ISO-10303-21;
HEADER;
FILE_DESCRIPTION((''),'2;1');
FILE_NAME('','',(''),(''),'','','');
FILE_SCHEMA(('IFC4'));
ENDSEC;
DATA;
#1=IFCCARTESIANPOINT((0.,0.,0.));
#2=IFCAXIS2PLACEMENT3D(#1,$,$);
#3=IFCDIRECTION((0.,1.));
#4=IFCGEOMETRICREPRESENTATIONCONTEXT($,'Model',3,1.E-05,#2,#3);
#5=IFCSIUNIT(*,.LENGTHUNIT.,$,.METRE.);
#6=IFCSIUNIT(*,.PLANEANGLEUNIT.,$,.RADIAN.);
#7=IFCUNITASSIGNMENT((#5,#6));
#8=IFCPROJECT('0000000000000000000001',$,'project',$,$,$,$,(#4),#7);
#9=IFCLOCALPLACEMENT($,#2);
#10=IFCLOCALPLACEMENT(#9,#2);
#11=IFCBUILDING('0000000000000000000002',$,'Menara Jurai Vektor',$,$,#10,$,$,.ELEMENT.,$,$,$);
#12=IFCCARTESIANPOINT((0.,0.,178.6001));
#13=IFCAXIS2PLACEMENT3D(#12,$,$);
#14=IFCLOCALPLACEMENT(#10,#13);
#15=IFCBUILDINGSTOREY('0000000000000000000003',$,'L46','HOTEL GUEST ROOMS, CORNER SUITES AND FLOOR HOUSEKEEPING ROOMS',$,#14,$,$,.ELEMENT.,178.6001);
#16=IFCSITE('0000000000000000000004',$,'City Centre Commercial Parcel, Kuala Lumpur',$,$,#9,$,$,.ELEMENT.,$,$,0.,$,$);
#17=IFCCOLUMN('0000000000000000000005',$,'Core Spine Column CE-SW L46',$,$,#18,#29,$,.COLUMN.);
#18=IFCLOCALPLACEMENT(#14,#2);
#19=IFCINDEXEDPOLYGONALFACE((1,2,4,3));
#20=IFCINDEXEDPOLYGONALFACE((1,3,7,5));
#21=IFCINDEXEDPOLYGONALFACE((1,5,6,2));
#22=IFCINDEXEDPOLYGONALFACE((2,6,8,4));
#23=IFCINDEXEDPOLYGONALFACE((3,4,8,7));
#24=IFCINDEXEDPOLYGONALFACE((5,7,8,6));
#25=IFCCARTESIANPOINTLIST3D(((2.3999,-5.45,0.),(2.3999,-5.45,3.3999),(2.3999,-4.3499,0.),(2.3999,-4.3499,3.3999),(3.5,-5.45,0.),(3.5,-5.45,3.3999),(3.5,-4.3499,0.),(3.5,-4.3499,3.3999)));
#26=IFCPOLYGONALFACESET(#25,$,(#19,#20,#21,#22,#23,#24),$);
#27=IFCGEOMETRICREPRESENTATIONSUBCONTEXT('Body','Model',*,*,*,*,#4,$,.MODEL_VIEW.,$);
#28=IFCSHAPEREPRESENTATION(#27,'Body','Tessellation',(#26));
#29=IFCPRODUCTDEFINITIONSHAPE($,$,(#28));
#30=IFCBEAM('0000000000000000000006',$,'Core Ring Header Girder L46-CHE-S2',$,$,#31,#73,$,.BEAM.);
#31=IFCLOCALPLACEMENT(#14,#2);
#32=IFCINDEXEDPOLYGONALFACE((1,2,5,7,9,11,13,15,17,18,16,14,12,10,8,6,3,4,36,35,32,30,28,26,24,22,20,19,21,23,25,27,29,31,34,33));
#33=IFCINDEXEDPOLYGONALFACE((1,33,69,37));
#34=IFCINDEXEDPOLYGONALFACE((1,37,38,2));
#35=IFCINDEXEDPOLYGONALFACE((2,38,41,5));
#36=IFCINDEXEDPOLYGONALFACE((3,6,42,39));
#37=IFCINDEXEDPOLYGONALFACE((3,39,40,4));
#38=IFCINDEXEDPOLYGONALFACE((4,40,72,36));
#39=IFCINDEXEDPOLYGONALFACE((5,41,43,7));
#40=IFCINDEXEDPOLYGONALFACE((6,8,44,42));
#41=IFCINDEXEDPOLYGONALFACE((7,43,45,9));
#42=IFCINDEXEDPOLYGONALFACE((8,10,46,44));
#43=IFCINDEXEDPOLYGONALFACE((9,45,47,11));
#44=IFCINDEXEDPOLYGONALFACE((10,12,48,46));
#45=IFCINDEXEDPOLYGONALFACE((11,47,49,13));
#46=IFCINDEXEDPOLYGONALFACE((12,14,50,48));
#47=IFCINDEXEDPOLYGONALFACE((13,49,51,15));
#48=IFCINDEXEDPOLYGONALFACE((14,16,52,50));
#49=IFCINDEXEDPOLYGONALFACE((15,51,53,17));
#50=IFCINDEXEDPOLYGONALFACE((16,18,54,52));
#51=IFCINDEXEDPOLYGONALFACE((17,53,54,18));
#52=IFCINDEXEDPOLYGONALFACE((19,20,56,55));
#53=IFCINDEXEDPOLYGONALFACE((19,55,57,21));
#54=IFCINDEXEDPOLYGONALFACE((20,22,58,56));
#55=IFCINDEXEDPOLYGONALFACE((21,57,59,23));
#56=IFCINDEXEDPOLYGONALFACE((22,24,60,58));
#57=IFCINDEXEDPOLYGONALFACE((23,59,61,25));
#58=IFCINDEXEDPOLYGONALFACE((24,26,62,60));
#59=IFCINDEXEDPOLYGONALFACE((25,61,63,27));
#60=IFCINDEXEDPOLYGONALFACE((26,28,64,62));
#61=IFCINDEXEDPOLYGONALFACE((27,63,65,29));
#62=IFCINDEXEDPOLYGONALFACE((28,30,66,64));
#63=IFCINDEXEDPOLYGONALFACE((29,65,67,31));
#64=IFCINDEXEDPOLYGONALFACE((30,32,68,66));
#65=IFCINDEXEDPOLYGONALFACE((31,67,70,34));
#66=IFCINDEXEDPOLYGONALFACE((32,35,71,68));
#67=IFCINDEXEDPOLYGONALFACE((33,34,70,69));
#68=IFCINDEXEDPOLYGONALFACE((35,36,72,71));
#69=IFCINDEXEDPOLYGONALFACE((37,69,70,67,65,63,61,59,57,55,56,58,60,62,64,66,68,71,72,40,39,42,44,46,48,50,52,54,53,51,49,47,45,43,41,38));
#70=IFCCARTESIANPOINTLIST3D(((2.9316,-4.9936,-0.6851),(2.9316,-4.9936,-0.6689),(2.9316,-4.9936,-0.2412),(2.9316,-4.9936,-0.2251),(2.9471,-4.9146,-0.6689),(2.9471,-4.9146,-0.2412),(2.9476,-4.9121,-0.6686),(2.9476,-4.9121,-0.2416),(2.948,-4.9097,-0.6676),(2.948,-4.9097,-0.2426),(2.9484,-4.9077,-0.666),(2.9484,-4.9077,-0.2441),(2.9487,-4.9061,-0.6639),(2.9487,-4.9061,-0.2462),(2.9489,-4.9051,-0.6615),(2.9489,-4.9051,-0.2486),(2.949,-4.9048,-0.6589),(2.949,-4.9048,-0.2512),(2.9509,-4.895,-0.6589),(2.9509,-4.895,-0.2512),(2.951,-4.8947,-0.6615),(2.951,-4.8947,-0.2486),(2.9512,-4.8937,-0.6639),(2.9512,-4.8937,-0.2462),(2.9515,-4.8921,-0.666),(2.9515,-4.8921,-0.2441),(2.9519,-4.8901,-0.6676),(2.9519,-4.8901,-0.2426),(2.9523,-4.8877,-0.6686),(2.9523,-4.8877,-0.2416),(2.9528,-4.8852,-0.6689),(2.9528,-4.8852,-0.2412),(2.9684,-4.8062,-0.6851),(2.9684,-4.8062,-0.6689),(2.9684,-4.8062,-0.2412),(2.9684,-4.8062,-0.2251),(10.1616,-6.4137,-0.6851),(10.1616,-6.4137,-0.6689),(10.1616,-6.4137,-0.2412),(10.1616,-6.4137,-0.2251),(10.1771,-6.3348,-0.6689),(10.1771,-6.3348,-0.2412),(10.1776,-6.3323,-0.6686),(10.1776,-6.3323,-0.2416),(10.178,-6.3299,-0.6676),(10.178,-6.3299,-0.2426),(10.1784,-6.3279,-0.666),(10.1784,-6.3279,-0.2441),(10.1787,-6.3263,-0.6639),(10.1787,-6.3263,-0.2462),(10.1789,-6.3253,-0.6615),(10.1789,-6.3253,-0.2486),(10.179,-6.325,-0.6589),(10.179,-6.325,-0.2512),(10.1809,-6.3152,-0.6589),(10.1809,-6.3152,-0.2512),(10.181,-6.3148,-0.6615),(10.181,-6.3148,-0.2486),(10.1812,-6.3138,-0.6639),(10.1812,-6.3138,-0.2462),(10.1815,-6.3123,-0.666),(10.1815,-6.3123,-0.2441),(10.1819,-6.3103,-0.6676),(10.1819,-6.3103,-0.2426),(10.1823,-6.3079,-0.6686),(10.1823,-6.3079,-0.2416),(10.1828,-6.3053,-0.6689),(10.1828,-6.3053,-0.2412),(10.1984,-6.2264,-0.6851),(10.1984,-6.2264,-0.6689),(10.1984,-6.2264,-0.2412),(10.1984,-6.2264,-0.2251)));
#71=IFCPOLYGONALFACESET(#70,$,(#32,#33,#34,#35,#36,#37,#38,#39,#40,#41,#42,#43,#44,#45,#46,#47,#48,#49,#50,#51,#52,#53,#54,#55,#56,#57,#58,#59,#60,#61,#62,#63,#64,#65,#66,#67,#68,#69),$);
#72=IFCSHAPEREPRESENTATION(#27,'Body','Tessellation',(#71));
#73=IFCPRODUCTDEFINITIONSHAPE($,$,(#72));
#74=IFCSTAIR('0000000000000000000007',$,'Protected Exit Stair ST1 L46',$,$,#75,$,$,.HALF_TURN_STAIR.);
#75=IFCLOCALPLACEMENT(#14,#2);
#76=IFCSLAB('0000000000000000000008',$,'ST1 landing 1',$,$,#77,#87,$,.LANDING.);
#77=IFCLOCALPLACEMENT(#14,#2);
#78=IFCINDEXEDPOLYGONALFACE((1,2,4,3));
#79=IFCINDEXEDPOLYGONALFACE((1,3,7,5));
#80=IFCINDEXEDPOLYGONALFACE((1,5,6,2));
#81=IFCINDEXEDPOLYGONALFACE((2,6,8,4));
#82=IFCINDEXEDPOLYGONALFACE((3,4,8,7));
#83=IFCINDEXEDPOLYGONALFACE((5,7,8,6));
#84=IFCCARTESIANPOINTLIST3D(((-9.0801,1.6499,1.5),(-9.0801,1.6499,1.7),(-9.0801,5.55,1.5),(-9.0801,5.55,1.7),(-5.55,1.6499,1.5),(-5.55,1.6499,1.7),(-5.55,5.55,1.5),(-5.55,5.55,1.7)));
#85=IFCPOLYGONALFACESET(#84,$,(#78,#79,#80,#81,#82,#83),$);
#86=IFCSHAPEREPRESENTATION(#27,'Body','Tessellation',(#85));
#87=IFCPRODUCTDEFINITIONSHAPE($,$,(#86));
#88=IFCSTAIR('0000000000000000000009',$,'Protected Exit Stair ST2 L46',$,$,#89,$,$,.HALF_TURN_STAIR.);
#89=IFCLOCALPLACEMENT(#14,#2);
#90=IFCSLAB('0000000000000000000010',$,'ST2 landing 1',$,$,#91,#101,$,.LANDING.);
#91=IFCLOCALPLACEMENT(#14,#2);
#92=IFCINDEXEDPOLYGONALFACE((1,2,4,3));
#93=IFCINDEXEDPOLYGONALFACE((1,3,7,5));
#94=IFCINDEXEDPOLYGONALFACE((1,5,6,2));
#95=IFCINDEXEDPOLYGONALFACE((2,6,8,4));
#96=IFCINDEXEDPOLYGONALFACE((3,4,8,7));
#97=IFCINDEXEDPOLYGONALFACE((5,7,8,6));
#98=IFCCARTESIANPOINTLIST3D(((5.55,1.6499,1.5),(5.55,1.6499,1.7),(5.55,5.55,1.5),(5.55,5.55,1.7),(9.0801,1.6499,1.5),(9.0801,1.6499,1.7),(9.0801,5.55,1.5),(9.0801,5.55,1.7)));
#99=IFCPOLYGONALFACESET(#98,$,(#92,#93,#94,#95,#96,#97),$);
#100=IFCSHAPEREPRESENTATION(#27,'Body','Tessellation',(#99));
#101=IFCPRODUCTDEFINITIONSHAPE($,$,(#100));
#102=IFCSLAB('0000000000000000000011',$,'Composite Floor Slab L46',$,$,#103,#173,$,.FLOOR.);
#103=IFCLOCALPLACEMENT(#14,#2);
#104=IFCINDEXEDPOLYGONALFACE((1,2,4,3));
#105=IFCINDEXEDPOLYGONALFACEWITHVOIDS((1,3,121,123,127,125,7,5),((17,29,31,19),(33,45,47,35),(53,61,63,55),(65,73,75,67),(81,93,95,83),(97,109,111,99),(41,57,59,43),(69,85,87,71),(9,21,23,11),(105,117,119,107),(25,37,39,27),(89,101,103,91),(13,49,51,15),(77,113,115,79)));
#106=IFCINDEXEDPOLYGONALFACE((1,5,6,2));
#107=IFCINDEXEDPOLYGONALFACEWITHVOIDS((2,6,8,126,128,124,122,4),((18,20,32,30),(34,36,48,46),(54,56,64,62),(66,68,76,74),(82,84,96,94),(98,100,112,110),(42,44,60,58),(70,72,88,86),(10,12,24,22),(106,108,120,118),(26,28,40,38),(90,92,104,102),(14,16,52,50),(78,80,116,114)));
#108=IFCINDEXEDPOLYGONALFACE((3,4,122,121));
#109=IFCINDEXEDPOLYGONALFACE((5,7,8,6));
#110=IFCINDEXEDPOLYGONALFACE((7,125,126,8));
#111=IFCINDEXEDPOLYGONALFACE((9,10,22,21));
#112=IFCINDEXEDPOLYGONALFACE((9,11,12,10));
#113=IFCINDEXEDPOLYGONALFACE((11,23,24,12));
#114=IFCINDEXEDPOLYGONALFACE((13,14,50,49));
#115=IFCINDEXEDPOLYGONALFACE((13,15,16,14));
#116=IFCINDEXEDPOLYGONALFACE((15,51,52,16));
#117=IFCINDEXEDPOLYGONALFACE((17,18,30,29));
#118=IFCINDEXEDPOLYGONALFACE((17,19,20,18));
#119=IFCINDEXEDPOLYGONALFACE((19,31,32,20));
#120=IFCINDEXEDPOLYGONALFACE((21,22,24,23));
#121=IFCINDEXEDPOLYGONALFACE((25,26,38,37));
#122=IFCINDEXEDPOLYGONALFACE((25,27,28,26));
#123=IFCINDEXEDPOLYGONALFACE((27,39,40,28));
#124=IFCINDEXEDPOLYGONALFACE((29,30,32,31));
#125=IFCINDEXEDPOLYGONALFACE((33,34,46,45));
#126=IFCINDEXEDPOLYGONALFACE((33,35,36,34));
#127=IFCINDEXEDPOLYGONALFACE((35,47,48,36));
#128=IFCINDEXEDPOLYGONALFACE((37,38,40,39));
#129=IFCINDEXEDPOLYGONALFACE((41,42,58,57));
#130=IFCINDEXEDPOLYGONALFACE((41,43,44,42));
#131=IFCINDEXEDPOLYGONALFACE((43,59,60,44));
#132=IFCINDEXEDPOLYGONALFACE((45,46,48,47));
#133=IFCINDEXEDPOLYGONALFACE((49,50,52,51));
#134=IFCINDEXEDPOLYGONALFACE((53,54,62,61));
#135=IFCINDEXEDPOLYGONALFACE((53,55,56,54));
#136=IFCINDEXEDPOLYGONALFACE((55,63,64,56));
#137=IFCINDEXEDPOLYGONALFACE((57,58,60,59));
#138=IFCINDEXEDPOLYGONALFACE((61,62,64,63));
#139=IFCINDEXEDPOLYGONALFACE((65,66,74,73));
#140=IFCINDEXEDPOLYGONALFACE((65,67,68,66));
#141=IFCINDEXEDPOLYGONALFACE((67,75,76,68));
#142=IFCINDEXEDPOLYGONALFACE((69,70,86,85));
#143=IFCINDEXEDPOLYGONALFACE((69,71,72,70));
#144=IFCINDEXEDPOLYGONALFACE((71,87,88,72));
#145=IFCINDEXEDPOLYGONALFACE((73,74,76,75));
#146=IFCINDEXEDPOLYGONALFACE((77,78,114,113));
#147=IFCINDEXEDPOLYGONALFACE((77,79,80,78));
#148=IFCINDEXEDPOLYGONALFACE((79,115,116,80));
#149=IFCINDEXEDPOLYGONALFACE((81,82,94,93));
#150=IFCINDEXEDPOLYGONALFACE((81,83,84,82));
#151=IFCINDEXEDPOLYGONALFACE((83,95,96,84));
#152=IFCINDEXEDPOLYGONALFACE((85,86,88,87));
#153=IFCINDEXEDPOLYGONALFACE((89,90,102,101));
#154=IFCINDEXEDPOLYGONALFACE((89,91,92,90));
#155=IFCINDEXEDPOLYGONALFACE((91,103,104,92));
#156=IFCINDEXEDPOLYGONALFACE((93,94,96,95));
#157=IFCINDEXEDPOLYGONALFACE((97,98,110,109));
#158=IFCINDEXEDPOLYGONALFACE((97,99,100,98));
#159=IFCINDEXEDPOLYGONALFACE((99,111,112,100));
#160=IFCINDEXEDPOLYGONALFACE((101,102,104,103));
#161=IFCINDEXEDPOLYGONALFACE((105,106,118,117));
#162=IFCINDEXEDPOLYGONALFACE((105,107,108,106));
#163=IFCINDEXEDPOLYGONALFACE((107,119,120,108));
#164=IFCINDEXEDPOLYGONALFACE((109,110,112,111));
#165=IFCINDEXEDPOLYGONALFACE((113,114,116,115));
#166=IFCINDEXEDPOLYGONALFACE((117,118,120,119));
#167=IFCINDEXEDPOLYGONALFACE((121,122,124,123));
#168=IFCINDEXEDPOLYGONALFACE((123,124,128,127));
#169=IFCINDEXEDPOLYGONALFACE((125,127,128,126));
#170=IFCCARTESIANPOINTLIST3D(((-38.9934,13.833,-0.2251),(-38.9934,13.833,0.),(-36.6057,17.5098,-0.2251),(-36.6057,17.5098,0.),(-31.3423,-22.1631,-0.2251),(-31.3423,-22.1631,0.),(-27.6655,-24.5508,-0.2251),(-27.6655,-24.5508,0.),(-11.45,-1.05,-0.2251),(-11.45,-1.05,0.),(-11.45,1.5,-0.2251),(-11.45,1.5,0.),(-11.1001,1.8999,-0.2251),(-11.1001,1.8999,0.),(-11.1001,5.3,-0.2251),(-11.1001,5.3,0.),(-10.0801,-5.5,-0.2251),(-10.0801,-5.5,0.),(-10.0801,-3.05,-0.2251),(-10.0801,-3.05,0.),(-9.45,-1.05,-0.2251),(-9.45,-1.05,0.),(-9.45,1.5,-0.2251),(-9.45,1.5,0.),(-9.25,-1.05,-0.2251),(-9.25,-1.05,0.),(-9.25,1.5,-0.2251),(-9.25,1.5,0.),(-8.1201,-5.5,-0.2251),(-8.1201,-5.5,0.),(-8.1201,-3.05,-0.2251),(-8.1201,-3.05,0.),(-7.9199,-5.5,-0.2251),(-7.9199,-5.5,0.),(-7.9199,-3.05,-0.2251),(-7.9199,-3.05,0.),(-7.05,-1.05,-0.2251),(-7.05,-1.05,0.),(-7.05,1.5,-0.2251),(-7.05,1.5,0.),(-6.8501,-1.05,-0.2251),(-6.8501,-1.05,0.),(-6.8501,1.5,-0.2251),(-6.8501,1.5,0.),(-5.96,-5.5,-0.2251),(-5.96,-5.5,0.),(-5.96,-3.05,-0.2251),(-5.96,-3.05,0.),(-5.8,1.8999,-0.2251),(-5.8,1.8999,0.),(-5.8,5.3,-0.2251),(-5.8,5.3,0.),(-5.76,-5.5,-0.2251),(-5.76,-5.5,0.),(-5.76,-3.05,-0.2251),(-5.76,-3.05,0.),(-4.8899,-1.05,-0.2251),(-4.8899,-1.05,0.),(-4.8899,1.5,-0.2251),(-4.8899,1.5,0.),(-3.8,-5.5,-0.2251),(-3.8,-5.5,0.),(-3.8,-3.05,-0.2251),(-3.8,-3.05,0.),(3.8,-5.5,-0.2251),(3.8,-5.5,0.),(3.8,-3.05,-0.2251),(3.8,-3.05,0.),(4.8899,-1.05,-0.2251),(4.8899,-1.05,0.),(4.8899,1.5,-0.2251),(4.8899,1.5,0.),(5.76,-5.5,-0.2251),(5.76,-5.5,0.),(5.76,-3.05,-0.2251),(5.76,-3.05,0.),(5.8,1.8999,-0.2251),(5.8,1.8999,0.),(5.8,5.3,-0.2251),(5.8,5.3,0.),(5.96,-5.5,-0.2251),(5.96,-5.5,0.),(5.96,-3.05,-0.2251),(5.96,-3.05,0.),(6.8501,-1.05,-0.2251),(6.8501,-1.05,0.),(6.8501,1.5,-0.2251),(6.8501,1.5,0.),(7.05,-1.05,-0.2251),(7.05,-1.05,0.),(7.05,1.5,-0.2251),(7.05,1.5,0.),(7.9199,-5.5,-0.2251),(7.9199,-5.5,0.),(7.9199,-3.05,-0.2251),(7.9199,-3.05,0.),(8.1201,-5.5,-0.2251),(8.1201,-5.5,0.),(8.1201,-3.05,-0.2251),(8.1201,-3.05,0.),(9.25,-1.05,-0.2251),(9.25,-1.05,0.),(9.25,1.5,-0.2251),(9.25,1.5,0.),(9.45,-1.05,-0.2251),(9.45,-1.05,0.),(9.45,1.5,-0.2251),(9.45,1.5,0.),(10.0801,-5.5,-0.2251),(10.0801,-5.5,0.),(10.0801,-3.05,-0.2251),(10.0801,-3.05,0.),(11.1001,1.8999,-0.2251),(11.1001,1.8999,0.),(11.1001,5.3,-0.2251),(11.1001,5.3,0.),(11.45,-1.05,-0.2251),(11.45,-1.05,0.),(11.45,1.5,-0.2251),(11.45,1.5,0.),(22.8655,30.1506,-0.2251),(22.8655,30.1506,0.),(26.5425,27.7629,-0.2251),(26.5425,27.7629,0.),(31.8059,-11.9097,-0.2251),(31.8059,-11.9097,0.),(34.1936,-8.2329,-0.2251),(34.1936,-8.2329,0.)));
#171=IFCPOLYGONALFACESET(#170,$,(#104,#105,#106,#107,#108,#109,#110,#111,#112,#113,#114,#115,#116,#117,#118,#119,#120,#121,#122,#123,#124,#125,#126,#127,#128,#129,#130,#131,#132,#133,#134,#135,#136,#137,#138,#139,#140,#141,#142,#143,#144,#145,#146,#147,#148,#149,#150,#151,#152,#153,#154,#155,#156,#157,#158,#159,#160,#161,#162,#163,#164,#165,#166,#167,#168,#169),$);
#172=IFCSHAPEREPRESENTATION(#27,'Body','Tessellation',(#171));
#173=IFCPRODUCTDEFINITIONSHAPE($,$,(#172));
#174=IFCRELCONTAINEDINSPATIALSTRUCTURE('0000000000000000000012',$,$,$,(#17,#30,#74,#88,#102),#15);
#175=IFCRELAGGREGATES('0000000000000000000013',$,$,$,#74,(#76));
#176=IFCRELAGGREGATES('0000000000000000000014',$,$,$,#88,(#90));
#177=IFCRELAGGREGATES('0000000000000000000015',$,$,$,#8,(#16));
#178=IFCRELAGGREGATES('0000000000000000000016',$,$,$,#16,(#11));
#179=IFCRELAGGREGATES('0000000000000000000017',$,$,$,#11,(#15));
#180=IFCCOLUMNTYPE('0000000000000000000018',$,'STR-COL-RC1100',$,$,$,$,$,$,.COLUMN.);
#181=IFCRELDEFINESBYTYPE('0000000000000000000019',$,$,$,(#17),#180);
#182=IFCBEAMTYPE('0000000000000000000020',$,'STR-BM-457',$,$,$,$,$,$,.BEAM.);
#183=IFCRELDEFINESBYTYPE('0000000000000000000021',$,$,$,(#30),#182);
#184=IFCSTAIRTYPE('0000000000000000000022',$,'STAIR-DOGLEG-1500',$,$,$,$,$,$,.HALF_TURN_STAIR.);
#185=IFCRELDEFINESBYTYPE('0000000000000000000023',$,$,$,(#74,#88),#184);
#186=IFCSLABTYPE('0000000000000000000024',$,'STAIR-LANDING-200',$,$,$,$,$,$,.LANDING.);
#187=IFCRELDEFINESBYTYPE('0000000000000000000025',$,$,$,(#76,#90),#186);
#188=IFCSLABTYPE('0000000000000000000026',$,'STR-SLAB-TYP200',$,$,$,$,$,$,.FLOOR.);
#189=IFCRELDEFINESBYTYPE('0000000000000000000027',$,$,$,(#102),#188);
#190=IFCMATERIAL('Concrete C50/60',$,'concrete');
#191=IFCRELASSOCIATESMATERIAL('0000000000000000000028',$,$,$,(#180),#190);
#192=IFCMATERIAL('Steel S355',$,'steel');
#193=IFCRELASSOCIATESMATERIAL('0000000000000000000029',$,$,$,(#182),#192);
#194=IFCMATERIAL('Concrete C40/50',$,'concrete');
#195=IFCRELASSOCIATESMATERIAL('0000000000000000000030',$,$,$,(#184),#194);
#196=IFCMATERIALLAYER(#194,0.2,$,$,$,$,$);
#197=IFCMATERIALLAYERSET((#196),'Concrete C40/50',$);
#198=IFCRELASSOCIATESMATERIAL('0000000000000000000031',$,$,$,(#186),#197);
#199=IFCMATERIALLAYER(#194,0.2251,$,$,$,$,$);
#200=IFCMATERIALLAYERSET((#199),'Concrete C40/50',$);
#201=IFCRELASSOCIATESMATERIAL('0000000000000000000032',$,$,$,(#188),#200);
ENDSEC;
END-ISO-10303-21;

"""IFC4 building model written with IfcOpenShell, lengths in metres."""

from ifc_helpers import new_model, si_unit, direction, frame, origin, origin_2d, place, context, subcontext, project, spatial, polyline, rectangle, i_section, outline, extrude, material, layer, layer_set, material_profile, profile_set, type_object, element, aggregate, save


model = new_model("IFC4")

# Units and contexts
model_context = context("Model", 3, precision=1e-05, world=origin(), true_north=direction((0.0, 1.0)))
body_context = subcontext(model_context, "Body", "Model", "MODEL_VIEW")
ifc_project = project(units=[si_unit("LENGTHUNIT", "METRE"), si_unit("PLANEANGLEUNIT", "RADIAN")], contexts=[model_context])

# Site, building, storey
site_placement = place(None, origin())
site = spatial("IfcSite", under=ifc_project, at=site_placement, Name="City Centre Commercial Parcel, Kuala Lumpur", CompositionType="ELEMENT", RefElevation=0.0)
building_placement = place(site_placement, origin())
building = spatial("IfcBuilding", under=site, at=building_placement, Name="Menara Jurai Vektor", CompositionType="ELEMENT")
storey_placement = place(building_placement, frame((0.0, 0.0, 178.6001)))
storey = spatial("IfcBuildingStorey", under=building, at=storey_placement, Name="L46", Description="HOTEL GUEST ROOMS, CORNER SUITES AND FLOOR HOUSEKEEPING ROOMS", CompositionType="ELEMENT", Elevation=178.6001)

# Column
ifc_material_1 = material(Name="Concrete C50/60", Category="concrete")
ifc_material_profile_1 = material_profile(ifc_material_1, rectangle(XDim=1.1001, YDim=1.1001, at=origin_2d()), Name="RC 1100x1100")
ifc_profile_set_1 = profile_set([ifc_material_profile_1], Name="Concrete C50/60")
column_type = type_object("IfcColumnType", Name="STR-COL-RC1100", PredefinedType="COLUMN", material=ifc_profile_set_1)
column_placement = place(storey_placement, frame((2.95, -4.8999, 0.0), z_axis=(0.0, 0.0, 1.0), x_axis=(1.0, 0.0, 0.0)))
element("IfcColumn", 1, at=column_placement, inside=storey, type_object=column_type, Name="Core Spine Column CE-SW L46", PredefinedType="COLUMN", context=body_context, shape_type="SweptSolid", body=[
    extrude(rectangle(XDim=1.1001, YDim=1.1001, at=origin_2d()), origin(), (0.0, 0.0, 1.0), 3.3999),
])

# Beam
ifc_material_2 = material(Name="Steel S355", Category="steel")
ifc_material_profile_2 = material_profile(ifc_material_2, i_section(OverallWidth=0.1909, OverallDepth=0.46, WebThickness=0.01, FlangeThickness=0.0161, FilletRadius=0.01, at=origin_2d()), Name="UKB 457x191x82")
ifc_profile_set_2 = profile_set([ifc_material_profile_2], Name="Steel S355")
beam_type = type_object("IfcBeamType", Name="STR-BM-457", PredefinedType="BEAM", material=ifc_profile_set_2)
beam_placement = place(storey_placement, frame((2.95, -4.8999, -0.4551), z_axis=(0.981249, -0.192744, 0.0), x_axis=(0.192744, 0.981249, 0.0)))
element("IfcBeam", 2, at=beam_placement, inside=storey, type_object=beam_type, Name="Core Ring Header Girder L46-CHE-S2", PredefinedType="BEAM", context=body_context, shape_type="SweptSolid", body=[
    extrude(i_section(OverallWidth=0.1909, OverallDepth=0.46, WebThickness=0.01, FlangeThickness=0.0161, FilletRadius=0.01, at=origin_2d()), origin(), (0.0, 0.0, 1.0), 7.3682),
])

# Stairs, slabs
ifc_material_3 = material(Name="Concrete C40/50", Category="concrete")
stair_type = type_object("IfcStairType", Name="STAIR-DOGLEG-1500", PredefinedType="HALF_TURN_STAIR", material=ifc_material_3)
stair_1_placement = place(storey_placement, origin())
stair_1 = element("IfcStair", 3, at=stair_1_placement, inside=storey, type_object=stair_type, Name="Protected Exit Stair ST1 L46", PredefinedType="HALF_TURN_STAIR")
ifc_layer_1 = layer(ifc_material_3, 0.2)
ifc_layer_set_1 = layer_set([ifc_layer_1], Name="Concrete C40/50")
slab_type_1 = type_object("IfcSlabType", Name="STAIR-LANDING-200", PredefinedType="LANDING", material=ifc_layer_set_1)
slab_1_placement = place(storey_placement, frame((0.0, 0.0, 1.5)))
slab_1 = element("IfcSlab", 4, at=slab_1_placement, type_object=slab_type_1, Name="ST1 landing 1", PredefinedType="LANDING", context=body_context, shape_type="SweptSolid", body=[
    extrude(outline(polyline([(-9.0801, 1.6499), (-5.55, 1.6499), (-5.55, 5.55), (-9.0801, 5.55), (-9.0801, 1.6499)])), origin(), (0.0, 0.0, 1.0), 0.2),
])
aggregate(stair_1, [slab_1])
stair_2_placement = place(storey_placement, origin())
stair_2 = element("IfcStair", 5, at=stair_2_placement, inside=storey, type_object=stair_type, Name="Protected Exit Stair ST2 L46", PredefinedType="HALF_TURN_STAIR")
slab_2_placement = place(storey_placement, frame((0.0, 0.0, 1.5)))
slab_2 = element("IfcSlab", 6, at=slab_2_placement, type_object=slab_type_1, Name="ST2 landing 1", PredefinedType="LANDING", context=body_context, shape_type="SweptSolid", body=[
    extrude(outline(polyline([(5.55, 1.6499), (9.0801, 1.6499), (9.0801, 5.55), (5.55, 5.55), (5.55, 1.6499)])), origin(), (0.0, 0.0, 1.0), 0.2),
])
aggregate(stair_2, [slab_2])

# Slab
ifc_layer_2 = layer(ifc_material_3, 0.2251)
ifc_layer_set_2 = layer_set([ifc_layer_2], Name="Concrete C40/50")
slab_type_2 = type_object("IfcSlabType", Name="STR-SLAB-TYP200", PredefinedType="FLOOR", material=ifc_layer_set_2)
slab_3_placement = place(storey_placement, frame((0.0, 0.0, -0.2251)))
element("IfcSlab", 7, at=slab_3_placement, inside=storey, type_object=slab_type_2, Name="Composite Floor Slab L46", PredefinedType="FLOOR", context=body_context, shape_type="SweptSolid", body=[
    extrude(outline(polyline([(-27.6655, -24.5508), (31.8059, -11.9097), (34.1936, -8.2329), (26.5425, 27.7629), (22.8655, 30.1506), (-36.6057, 17.5098), (-38.9934, 13.833), (-31.3423, -22.1631), (-27.6655, -24.5508)]), holes=[polyline([(-11.1001, 1.8999), (-11.1001, 5.3), (-5.8, 5.3), (-5.8, 1.8999), (-11.1001, 1.8999)]), polyline([(5.8, 1.8999), (5.8, 5.3), (11.1001, 5.3), (11.1001, 1.8999), (5.8, 1.8999)]), polyline([(-11.45, -1.05), (-11.45, 1.5), (-9.45, 1.5), (-9.45, -1.05), (-11.45, -1.05)]), polyline([(9.45, -1.05), (9.45, 1.5), (11.45, 1.5), (11.45, -1.05), (9.45, -1.05)]), polyline([(-5.76, -5.5), (-5.76, -3.05), (-3.8, -3.05), (-3.8, -5.5), (-5.76, -5.5)]), polyline([(-6.8501, -1.05), (-6.8501, 1.5), (-4.8899, 1.5), (-4.8899, -1.05), (-6.8501, -1.05)]), polyline([(3.8, -5.5), (3.8, -3.05), (5.76, -3.05), (5.76, -5.5), (3.8, -5.5)]), polyline([(4.8899, -1.05), (4.8899, 1.5), (6.8501, 1.5), (6.8501, -1.05), (4.8899, -1.05)]), polyline([(-10.0801, -5.5), (-10.0801, -3.05), (-8.1201, -3.05), (-8.1201, -5.5), (-10.0801, -5.5)]), polyline([(-7.9199, -5.5), (-7.9199, -3.05), (-5.96, -3.05), (-5.96, -5.5), (-7.9199, -5.5)]), polyline([(5.96, -5.5), (5.96, -3.05), (7.9199, -3.05), (7.9199, -5.5), (5.96, -5.5)]), polyline([(8.1201, -5.5), (8.1201, -3.05), (10.0801, -3.05), (10.0801, -5.5), (8.1201, -5.5)]), polyline([(-9.25, -1.05), (-9.25, 1.5), (-7.05, 1.5), (-7.05, -1.05), (-9.25, -1.05)]), polyline([(7.05, -1.05), (7.05, 1.5), (9.25, 1.5), (9.25, -1.05), (7.05, -1.05)])]), origin(), (0.0, 0.0, 1.0), 0.2251),
])

save(model, "model.ifc")
